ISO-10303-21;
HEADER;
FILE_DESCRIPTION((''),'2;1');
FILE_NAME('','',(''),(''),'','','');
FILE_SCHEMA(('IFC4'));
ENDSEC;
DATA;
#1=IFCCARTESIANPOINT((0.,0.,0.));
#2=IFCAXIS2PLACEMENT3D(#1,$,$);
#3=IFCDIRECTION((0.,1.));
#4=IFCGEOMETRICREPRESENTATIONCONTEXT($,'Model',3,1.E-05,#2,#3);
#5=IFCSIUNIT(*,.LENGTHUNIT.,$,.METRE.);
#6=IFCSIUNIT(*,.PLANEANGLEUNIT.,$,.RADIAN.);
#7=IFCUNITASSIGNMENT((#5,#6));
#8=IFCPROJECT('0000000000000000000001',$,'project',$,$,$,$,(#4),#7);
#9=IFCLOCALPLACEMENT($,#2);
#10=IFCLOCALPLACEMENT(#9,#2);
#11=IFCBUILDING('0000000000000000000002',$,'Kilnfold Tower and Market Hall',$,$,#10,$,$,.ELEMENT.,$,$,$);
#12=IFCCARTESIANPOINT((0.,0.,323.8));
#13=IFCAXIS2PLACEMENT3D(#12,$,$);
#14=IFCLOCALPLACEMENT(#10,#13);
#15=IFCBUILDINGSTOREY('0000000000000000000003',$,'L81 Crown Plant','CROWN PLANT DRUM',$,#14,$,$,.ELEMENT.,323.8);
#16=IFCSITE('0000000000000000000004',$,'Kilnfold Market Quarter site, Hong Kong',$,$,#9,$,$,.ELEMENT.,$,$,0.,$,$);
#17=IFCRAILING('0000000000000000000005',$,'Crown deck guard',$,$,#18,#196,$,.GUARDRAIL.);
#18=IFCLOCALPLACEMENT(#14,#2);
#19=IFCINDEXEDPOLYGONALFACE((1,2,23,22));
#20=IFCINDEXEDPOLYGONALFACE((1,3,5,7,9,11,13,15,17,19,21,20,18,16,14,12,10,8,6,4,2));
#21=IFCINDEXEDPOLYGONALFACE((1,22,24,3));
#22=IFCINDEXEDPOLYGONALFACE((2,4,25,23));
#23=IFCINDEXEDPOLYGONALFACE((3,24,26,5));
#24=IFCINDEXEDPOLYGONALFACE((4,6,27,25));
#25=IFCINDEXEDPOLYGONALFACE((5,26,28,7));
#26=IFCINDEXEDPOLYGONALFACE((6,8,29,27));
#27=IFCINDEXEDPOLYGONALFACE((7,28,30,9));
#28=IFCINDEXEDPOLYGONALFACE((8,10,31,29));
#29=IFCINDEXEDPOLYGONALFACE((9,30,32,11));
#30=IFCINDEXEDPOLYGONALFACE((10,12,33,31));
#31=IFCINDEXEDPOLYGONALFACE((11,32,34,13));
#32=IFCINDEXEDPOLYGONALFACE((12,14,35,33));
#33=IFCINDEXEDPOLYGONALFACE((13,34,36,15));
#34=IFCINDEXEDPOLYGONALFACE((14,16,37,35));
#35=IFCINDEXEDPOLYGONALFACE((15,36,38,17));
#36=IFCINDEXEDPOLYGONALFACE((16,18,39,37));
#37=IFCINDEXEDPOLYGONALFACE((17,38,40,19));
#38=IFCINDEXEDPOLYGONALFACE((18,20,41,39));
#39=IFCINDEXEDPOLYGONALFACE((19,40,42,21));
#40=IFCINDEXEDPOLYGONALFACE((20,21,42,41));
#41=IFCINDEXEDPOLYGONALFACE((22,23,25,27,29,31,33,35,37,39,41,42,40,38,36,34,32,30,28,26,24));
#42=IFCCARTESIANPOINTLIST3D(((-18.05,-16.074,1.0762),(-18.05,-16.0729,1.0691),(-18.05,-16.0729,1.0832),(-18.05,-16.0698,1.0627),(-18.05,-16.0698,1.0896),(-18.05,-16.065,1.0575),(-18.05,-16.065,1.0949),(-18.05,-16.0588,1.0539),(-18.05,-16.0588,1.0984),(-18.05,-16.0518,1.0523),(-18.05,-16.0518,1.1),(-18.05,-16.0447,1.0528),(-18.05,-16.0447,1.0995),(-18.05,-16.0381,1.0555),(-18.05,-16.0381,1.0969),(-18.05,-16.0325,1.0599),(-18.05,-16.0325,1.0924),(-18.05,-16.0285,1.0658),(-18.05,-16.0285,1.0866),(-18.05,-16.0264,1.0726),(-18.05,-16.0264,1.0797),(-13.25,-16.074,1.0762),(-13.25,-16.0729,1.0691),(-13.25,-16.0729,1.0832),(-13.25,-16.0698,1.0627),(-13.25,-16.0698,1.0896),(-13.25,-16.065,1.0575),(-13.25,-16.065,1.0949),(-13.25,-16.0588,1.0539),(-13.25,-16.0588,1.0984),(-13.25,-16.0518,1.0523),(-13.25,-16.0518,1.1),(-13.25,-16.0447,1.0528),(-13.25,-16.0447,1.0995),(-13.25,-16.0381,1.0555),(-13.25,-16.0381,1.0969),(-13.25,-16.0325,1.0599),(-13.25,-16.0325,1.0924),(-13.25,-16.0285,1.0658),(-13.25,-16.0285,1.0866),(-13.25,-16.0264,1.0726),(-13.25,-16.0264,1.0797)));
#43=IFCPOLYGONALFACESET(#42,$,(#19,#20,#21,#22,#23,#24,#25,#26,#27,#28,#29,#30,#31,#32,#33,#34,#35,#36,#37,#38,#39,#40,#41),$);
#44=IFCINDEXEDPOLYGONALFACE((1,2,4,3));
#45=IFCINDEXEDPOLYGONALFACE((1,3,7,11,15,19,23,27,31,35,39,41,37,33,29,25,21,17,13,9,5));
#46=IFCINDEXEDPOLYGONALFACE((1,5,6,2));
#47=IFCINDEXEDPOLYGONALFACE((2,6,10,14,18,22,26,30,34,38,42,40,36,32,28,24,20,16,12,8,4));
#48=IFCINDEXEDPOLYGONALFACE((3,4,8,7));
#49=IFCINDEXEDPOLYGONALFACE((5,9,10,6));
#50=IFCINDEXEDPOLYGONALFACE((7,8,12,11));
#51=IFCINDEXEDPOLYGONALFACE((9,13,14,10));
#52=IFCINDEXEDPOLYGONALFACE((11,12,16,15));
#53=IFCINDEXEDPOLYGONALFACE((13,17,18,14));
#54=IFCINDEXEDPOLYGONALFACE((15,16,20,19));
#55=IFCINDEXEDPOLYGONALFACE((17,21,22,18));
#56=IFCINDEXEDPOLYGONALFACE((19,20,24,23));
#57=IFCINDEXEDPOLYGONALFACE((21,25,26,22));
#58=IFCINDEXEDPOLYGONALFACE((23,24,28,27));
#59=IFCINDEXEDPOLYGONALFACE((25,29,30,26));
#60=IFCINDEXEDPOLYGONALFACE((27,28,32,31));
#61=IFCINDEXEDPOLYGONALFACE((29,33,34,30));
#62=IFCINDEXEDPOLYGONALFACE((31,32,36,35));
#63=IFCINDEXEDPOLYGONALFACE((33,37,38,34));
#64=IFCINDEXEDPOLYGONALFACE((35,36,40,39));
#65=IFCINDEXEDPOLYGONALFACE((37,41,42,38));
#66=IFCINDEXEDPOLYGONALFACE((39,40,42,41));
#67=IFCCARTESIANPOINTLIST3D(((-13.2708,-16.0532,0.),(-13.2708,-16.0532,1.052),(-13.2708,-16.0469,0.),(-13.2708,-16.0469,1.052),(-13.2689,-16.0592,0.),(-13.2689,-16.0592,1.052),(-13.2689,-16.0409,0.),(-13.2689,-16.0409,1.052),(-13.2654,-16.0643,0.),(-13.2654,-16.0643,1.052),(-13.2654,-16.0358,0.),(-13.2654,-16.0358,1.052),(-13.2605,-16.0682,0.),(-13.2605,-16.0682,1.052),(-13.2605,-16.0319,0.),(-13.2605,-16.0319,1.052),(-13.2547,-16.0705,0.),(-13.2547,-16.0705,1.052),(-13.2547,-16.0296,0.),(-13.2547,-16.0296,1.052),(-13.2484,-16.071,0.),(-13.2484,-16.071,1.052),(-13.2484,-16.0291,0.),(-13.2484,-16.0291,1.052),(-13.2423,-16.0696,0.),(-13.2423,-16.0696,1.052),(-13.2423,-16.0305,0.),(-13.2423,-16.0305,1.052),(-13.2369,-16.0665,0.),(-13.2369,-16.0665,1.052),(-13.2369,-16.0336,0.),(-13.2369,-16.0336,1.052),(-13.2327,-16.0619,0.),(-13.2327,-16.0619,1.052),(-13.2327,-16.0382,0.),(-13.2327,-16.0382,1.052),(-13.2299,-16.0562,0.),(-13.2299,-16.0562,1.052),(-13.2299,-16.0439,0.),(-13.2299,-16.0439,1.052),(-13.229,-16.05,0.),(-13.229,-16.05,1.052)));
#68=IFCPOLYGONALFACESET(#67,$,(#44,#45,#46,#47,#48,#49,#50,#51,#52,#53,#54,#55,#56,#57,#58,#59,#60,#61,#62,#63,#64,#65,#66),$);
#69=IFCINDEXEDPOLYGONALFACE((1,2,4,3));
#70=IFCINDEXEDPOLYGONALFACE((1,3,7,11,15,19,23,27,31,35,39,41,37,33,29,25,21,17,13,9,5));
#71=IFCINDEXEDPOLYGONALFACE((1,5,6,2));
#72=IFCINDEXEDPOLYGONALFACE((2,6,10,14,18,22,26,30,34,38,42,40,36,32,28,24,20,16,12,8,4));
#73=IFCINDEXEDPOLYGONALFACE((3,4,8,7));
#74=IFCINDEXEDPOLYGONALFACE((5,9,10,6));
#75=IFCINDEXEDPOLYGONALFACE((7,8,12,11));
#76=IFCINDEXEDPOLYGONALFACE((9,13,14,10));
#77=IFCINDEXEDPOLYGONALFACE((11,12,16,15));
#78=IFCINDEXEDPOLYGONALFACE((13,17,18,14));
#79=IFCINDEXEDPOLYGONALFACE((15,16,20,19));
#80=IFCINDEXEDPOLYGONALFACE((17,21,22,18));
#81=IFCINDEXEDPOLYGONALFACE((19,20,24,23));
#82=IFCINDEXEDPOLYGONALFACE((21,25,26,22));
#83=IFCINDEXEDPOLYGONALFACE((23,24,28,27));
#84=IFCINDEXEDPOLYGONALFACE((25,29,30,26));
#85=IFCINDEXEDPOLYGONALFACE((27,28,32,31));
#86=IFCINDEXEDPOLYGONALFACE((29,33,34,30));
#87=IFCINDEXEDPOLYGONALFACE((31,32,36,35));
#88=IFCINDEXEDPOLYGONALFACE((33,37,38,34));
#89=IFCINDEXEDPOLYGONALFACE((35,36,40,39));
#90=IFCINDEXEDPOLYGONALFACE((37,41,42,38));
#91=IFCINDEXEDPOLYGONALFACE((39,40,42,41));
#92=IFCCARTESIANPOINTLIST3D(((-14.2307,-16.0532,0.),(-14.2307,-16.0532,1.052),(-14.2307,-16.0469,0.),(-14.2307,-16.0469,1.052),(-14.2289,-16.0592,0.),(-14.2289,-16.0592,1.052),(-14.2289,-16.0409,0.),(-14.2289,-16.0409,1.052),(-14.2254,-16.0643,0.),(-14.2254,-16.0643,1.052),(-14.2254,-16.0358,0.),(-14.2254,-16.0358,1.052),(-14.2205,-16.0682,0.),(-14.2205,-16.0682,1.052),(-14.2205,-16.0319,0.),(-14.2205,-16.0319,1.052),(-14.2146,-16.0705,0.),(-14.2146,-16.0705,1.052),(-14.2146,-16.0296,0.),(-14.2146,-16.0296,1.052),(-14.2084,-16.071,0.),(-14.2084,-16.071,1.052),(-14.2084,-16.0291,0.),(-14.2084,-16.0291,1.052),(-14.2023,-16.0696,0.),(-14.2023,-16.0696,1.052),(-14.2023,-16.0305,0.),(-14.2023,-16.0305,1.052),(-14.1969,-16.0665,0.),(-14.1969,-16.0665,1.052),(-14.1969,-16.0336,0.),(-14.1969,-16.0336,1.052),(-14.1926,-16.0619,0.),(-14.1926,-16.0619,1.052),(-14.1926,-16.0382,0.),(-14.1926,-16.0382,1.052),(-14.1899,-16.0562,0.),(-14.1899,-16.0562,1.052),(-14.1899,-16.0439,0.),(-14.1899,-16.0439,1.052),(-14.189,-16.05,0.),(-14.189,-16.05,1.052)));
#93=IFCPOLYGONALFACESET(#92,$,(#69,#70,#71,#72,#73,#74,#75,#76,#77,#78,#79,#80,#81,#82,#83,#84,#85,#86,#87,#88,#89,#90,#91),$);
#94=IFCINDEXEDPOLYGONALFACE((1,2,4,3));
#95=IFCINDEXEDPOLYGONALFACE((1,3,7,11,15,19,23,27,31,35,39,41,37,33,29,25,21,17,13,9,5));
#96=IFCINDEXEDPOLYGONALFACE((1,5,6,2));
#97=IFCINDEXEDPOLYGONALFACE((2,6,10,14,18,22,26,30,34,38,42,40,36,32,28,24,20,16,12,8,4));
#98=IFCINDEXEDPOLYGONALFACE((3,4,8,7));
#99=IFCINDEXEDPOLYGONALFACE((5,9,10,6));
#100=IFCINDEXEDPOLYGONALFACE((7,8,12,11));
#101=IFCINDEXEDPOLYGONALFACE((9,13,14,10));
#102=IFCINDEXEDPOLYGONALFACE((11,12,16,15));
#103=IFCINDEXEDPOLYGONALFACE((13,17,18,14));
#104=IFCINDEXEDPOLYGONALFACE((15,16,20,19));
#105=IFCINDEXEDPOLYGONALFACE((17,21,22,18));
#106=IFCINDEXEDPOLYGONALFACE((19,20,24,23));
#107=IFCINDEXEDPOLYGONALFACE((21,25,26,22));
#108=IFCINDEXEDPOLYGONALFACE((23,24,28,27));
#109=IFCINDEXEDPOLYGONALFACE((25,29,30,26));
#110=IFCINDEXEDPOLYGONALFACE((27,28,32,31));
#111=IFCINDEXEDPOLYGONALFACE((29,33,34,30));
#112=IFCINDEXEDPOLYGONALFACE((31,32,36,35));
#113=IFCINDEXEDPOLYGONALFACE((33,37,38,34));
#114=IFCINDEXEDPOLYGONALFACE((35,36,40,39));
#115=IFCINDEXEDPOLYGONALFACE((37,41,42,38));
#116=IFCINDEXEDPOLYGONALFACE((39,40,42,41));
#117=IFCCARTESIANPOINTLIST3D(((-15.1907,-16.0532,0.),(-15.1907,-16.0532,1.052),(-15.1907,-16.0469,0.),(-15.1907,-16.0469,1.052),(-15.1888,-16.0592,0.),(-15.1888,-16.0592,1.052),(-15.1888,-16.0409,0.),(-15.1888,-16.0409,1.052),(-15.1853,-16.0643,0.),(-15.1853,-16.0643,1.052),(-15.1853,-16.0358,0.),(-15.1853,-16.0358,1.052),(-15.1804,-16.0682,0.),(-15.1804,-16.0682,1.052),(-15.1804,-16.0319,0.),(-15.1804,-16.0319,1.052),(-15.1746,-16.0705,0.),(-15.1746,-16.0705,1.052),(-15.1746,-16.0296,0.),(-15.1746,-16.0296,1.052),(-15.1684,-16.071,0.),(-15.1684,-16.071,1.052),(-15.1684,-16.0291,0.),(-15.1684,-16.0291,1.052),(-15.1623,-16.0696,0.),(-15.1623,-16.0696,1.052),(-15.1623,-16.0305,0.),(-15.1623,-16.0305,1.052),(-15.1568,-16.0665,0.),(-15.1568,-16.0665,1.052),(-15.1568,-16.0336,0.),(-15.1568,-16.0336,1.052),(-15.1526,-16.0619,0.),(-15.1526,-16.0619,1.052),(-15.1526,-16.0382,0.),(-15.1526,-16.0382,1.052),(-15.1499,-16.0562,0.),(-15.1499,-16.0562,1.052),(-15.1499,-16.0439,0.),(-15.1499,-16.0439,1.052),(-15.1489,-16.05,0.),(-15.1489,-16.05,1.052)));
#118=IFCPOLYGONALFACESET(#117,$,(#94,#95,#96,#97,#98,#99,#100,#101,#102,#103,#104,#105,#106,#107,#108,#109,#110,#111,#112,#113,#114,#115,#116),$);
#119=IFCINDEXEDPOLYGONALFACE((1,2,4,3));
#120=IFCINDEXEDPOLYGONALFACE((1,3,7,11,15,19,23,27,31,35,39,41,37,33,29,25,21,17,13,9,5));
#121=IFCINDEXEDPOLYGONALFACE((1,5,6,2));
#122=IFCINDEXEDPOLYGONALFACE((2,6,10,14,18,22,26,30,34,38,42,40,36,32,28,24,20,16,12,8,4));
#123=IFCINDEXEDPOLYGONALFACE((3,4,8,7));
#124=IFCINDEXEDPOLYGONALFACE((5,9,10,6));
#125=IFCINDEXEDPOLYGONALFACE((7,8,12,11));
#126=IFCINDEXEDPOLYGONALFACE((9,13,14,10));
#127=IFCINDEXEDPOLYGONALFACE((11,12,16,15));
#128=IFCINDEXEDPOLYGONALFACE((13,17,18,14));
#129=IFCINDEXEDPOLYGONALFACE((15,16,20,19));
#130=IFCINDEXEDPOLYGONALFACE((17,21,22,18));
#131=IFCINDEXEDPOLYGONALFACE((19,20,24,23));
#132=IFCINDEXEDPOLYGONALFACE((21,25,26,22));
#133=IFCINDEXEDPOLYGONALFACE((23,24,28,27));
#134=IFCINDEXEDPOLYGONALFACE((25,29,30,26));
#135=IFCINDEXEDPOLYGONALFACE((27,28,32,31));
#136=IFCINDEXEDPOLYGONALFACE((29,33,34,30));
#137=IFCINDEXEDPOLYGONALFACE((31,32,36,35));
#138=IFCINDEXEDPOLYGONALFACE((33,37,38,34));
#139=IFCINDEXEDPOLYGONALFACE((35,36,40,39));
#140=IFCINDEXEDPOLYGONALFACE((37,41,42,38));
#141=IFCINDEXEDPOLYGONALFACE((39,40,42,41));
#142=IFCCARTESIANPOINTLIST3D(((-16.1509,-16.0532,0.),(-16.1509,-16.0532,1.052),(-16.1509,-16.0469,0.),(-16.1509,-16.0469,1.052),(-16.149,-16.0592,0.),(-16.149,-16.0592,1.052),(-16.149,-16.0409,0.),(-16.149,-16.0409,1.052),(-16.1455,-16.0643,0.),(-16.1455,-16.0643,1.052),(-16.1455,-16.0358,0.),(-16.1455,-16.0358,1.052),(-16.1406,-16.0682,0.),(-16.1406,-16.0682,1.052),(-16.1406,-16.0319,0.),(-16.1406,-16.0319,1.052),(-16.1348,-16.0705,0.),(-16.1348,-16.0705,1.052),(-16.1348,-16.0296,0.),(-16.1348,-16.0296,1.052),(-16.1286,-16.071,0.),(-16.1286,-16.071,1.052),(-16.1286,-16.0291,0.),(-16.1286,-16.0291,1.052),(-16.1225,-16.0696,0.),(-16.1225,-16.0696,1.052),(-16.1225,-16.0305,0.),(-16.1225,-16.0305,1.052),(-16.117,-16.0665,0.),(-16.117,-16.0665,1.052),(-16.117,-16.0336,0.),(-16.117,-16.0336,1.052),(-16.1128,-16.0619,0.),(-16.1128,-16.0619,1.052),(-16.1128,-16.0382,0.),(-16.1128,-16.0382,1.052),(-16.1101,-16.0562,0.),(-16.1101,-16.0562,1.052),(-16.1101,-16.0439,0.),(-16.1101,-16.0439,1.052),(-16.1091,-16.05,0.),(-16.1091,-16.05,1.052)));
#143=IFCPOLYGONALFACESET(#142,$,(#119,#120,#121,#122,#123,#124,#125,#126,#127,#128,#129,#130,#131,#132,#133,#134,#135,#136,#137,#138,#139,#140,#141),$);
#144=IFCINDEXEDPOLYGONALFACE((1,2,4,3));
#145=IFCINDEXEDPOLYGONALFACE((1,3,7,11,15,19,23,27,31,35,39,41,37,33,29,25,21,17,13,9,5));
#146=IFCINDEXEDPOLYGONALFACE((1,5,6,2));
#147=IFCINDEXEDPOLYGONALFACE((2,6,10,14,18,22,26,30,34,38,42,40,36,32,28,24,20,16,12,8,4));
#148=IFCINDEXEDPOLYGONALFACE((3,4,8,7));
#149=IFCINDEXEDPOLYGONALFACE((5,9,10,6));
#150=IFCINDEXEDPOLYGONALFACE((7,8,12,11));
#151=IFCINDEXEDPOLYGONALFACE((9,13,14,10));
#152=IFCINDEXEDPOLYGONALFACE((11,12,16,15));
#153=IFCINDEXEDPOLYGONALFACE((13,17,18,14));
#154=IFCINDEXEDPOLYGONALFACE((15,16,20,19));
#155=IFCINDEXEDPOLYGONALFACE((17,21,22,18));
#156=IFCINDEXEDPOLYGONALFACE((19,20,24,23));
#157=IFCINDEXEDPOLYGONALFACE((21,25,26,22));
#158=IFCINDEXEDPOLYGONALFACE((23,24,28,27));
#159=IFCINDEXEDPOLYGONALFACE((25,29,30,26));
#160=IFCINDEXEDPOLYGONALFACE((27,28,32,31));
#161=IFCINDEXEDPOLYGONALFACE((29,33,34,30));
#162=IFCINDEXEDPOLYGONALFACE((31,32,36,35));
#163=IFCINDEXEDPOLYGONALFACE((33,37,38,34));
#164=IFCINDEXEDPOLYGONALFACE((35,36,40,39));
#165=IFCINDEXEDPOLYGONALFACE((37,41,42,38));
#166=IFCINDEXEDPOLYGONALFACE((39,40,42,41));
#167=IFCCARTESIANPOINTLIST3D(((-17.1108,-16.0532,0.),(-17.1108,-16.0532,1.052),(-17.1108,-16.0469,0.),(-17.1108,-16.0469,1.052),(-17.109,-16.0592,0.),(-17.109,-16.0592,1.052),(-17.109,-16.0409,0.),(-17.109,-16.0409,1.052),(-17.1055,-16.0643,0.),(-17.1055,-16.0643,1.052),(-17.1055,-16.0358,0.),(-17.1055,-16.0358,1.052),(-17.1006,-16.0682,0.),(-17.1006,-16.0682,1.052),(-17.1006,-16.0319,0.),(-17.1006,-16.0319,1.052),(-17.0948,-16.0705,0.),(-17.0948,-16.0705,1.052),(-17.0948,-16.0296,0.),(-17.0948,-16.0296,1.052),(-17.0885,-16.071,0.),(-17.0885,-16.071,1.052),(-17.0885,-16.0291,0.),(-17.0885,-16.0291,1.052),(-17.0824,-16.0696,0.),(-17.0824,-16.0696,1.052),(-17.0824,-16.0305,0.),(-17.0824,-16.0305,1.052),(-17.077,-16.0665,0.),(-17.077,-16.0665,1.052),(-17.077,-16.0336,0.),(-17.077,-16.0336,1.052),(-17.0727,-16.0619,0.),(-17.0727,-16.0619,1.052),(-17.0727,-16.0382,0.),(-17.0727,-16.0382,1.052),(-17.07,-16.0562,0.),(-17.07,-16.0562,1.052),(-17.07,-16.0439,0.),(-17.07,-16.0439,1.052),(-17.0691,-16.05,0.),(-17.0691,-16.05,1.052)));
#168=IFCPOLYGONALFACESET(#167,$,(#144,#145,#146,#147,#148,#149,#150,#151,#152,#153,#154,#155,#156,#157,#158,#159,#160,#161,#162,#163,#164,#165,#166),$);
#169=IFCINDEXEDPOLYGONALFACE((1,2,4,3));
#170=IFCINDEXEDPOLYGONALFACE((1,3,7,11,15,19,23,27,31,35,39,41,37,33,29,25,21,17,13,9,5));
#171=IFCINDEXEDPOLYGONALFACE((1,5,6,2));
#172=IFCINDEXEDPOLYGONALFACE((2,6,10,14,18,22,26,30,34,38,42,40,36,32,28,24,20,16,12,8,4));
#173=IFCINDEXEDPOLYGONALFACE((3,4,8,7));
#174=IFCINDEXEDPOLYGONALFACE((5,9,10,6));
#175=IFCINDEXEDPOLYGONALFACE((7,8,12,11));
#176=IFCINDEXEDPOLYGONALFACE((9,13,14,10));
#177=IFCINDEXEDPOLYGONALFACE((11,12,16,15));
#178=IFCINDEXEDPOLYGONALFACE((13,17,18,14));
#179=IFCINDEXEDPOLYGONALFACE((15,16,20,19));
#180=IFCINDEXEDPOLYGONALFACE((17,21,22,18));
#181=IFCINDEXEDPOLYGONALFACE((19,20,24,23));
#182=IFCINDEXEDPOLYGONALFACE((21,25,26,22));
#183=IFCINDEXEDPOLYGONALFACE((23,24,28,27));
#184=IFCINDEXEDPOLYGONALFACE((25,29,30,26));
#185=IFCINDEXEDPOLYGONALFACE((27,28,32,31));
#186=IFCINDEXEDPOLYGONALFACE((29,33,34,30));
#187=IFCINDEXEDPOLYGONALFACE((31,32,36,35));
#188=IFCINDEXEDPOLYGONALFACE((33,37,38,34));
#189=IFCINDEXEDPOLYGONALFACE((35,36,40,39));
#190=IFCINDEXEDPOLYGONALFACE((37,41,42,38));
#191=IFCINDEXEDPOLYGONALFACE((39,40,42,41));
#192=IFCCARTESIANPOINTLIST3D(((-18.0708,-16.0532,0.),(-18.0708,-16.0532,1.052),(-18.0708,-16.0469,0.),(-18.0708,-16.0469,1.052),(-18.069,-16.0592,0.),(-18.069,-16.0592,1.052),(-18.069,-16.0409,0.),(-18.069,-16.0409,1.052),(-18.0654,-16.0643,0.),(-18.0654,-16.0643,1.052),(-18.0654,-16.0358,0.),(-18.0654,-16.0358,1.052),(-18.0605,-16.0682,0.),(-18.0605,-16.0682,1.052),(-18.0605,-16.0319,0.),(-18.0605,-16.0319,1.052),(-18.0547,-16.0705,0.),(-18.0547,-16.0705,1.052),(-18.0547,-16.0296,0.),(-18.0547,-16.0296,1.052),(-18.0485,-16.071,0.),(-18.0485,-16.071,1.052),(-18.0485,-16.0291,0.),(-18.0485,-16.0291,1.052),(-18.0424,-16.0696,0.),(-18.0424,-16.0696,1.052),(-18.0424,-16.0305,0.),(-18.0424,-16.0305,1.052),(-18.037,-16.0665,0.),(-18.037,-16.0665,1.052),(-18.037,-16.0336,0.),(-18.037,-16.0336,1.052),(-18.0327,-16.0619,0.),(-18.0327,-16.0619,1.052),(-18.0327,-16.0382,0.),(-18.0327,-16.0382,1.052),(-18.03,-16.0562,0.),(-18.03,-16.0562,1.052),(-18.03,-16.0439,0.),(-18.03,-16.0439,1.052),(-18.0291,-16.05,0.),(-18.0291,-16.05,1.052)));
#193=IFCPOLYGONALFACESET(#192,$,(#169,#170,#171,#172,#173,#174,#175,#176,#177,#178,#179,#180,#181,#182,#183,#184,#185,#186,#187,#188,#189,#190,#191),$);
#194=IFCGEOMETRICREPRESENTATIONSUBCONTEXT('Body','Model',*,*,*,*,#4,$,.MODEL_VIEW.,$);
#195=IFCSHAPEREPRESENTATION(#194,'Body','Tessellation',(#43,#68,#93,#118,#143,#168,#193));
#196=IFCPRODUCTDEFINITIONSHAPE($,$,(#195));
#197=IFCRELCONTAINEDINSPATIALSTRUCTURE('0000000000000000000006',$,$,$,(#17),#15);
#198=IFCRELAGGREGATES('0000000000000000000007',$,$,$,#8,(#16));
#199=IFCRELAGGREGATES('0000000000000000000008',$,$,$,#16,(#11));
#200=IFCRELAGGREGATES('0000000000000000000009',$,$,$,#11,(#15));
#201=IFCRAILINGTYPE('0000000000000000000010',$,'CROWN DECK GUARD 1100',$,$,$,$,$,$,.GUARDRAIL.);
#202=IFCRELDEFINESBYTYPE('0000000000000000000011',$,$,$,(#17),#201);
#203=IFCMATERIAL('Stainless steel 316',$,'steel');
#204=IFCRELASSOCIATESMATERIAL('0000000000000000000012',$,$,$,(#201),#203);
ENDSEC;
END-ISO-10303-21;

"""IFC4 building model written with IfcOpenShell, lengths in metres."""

from ifc_helpers import new_model, si_unit, direction, frame, origin, origin_2d, place, context, subcontext, project, spatial, circle, extrude, material, type_object, element, save


model = new_model("IFC4")

# Units and contexts
model_context = context("Model", 3, precision=1e-05, world=origin(), true_north=direction((0.0, 1.0)))
body_context = subcontext(model_context, "Body", "Model", "MODEL_VIEW")
ifc_project = project(units=[si_unit("LENGTHUNIT", "METRE"), si_unit("PLANEANGLEUNIT", "RADIAN")], contexts=[model_context])

# Site, building, storey
site_placement = place(None, origin())
site = spatial("IfcSite", under=ifc_project, at=site_placement, Name="Kilnfold Market Quarter site, Hong Kong", CompositionType="ELEMENT", RefElevation=0.0)
building_placement = place(site_placement, origin())
building = spatial("IfcBuilding", under=site, at=building_placement, Name="Kilnfold Tower and Market Hall", CompositionType="ELEMENT")
storey_placement = place(building_placement, frame((0.0, 0.0, 323.8)))
storey = spatial("IfcBuildingStorey", under=building, at=storey_placement, Name="L81 Crown Plant", Description="CROWN PLANT DRUM", CompositionType="ELEMENT", Elevation=323.8)

# Railing
ifc_material_1 = material(Name="Stainless steel 316", Category="steel")
railing_type_1 = type_object("IfcRailingType", Name="CROWN DECK GUARD 1100", PredefinedType="GUARDRAIL", material=ifc_material_1)
railing_1_placement = place(storey_placement, frame((-13.25, -16.05, 0.0)))
element("IfcRailing", 1, at=railing_1_placement, inside=storey, type_object=railing_type_1, Name="Crown deck guard", PredefinedType="GUARDRAIL", context=body_context, shape_type="SweptSolid", body=[
    extrude(circle(Radius=0.0239, at=origin_2d()), frame((0.0, 0.0, 1.0762), z_axis=(-1.0, 0.0, 0.0), x_axis=(0.0, -1.0, 0.0)), (0.0, 0.0, 1.0), 4.8),
    extrude(circle(Radius=0.021, at=origin_2d()), origin(), (0.0, 0.0, 1.0), 1.052),
    extrude(circle(Radius=0.021, at=origin_2d()), frame((-0.96, 0.0, 0.0)), (0.0, 0.0, 1.0), 1.052),
    extrude(circle(Radius=0.021, at=origin_2d()), frame((-1.9199, 0.0, 0.0)), (0.0, 0.0, 1.0), 1.052),
    extrude(circle(Radius=0.021, at=origin_2d()), frame((-2.8801, 0.0, 0.0)), (0.0, 0.0, 1.0), 1.052),
    extrude(circle(Radius=0.021, at=origin_2d()), frame((-3.8401, 0.0, 0.0)), (0.0, 0.0, 1.0), 1.052),
    extrude(circle(Radius=0.021, at=origin_2d()), frame((-4.8, 0.0, 0.0)), (0.0, 0.0, 1.0), 1.052),
])

save(model, "model.ifc")
